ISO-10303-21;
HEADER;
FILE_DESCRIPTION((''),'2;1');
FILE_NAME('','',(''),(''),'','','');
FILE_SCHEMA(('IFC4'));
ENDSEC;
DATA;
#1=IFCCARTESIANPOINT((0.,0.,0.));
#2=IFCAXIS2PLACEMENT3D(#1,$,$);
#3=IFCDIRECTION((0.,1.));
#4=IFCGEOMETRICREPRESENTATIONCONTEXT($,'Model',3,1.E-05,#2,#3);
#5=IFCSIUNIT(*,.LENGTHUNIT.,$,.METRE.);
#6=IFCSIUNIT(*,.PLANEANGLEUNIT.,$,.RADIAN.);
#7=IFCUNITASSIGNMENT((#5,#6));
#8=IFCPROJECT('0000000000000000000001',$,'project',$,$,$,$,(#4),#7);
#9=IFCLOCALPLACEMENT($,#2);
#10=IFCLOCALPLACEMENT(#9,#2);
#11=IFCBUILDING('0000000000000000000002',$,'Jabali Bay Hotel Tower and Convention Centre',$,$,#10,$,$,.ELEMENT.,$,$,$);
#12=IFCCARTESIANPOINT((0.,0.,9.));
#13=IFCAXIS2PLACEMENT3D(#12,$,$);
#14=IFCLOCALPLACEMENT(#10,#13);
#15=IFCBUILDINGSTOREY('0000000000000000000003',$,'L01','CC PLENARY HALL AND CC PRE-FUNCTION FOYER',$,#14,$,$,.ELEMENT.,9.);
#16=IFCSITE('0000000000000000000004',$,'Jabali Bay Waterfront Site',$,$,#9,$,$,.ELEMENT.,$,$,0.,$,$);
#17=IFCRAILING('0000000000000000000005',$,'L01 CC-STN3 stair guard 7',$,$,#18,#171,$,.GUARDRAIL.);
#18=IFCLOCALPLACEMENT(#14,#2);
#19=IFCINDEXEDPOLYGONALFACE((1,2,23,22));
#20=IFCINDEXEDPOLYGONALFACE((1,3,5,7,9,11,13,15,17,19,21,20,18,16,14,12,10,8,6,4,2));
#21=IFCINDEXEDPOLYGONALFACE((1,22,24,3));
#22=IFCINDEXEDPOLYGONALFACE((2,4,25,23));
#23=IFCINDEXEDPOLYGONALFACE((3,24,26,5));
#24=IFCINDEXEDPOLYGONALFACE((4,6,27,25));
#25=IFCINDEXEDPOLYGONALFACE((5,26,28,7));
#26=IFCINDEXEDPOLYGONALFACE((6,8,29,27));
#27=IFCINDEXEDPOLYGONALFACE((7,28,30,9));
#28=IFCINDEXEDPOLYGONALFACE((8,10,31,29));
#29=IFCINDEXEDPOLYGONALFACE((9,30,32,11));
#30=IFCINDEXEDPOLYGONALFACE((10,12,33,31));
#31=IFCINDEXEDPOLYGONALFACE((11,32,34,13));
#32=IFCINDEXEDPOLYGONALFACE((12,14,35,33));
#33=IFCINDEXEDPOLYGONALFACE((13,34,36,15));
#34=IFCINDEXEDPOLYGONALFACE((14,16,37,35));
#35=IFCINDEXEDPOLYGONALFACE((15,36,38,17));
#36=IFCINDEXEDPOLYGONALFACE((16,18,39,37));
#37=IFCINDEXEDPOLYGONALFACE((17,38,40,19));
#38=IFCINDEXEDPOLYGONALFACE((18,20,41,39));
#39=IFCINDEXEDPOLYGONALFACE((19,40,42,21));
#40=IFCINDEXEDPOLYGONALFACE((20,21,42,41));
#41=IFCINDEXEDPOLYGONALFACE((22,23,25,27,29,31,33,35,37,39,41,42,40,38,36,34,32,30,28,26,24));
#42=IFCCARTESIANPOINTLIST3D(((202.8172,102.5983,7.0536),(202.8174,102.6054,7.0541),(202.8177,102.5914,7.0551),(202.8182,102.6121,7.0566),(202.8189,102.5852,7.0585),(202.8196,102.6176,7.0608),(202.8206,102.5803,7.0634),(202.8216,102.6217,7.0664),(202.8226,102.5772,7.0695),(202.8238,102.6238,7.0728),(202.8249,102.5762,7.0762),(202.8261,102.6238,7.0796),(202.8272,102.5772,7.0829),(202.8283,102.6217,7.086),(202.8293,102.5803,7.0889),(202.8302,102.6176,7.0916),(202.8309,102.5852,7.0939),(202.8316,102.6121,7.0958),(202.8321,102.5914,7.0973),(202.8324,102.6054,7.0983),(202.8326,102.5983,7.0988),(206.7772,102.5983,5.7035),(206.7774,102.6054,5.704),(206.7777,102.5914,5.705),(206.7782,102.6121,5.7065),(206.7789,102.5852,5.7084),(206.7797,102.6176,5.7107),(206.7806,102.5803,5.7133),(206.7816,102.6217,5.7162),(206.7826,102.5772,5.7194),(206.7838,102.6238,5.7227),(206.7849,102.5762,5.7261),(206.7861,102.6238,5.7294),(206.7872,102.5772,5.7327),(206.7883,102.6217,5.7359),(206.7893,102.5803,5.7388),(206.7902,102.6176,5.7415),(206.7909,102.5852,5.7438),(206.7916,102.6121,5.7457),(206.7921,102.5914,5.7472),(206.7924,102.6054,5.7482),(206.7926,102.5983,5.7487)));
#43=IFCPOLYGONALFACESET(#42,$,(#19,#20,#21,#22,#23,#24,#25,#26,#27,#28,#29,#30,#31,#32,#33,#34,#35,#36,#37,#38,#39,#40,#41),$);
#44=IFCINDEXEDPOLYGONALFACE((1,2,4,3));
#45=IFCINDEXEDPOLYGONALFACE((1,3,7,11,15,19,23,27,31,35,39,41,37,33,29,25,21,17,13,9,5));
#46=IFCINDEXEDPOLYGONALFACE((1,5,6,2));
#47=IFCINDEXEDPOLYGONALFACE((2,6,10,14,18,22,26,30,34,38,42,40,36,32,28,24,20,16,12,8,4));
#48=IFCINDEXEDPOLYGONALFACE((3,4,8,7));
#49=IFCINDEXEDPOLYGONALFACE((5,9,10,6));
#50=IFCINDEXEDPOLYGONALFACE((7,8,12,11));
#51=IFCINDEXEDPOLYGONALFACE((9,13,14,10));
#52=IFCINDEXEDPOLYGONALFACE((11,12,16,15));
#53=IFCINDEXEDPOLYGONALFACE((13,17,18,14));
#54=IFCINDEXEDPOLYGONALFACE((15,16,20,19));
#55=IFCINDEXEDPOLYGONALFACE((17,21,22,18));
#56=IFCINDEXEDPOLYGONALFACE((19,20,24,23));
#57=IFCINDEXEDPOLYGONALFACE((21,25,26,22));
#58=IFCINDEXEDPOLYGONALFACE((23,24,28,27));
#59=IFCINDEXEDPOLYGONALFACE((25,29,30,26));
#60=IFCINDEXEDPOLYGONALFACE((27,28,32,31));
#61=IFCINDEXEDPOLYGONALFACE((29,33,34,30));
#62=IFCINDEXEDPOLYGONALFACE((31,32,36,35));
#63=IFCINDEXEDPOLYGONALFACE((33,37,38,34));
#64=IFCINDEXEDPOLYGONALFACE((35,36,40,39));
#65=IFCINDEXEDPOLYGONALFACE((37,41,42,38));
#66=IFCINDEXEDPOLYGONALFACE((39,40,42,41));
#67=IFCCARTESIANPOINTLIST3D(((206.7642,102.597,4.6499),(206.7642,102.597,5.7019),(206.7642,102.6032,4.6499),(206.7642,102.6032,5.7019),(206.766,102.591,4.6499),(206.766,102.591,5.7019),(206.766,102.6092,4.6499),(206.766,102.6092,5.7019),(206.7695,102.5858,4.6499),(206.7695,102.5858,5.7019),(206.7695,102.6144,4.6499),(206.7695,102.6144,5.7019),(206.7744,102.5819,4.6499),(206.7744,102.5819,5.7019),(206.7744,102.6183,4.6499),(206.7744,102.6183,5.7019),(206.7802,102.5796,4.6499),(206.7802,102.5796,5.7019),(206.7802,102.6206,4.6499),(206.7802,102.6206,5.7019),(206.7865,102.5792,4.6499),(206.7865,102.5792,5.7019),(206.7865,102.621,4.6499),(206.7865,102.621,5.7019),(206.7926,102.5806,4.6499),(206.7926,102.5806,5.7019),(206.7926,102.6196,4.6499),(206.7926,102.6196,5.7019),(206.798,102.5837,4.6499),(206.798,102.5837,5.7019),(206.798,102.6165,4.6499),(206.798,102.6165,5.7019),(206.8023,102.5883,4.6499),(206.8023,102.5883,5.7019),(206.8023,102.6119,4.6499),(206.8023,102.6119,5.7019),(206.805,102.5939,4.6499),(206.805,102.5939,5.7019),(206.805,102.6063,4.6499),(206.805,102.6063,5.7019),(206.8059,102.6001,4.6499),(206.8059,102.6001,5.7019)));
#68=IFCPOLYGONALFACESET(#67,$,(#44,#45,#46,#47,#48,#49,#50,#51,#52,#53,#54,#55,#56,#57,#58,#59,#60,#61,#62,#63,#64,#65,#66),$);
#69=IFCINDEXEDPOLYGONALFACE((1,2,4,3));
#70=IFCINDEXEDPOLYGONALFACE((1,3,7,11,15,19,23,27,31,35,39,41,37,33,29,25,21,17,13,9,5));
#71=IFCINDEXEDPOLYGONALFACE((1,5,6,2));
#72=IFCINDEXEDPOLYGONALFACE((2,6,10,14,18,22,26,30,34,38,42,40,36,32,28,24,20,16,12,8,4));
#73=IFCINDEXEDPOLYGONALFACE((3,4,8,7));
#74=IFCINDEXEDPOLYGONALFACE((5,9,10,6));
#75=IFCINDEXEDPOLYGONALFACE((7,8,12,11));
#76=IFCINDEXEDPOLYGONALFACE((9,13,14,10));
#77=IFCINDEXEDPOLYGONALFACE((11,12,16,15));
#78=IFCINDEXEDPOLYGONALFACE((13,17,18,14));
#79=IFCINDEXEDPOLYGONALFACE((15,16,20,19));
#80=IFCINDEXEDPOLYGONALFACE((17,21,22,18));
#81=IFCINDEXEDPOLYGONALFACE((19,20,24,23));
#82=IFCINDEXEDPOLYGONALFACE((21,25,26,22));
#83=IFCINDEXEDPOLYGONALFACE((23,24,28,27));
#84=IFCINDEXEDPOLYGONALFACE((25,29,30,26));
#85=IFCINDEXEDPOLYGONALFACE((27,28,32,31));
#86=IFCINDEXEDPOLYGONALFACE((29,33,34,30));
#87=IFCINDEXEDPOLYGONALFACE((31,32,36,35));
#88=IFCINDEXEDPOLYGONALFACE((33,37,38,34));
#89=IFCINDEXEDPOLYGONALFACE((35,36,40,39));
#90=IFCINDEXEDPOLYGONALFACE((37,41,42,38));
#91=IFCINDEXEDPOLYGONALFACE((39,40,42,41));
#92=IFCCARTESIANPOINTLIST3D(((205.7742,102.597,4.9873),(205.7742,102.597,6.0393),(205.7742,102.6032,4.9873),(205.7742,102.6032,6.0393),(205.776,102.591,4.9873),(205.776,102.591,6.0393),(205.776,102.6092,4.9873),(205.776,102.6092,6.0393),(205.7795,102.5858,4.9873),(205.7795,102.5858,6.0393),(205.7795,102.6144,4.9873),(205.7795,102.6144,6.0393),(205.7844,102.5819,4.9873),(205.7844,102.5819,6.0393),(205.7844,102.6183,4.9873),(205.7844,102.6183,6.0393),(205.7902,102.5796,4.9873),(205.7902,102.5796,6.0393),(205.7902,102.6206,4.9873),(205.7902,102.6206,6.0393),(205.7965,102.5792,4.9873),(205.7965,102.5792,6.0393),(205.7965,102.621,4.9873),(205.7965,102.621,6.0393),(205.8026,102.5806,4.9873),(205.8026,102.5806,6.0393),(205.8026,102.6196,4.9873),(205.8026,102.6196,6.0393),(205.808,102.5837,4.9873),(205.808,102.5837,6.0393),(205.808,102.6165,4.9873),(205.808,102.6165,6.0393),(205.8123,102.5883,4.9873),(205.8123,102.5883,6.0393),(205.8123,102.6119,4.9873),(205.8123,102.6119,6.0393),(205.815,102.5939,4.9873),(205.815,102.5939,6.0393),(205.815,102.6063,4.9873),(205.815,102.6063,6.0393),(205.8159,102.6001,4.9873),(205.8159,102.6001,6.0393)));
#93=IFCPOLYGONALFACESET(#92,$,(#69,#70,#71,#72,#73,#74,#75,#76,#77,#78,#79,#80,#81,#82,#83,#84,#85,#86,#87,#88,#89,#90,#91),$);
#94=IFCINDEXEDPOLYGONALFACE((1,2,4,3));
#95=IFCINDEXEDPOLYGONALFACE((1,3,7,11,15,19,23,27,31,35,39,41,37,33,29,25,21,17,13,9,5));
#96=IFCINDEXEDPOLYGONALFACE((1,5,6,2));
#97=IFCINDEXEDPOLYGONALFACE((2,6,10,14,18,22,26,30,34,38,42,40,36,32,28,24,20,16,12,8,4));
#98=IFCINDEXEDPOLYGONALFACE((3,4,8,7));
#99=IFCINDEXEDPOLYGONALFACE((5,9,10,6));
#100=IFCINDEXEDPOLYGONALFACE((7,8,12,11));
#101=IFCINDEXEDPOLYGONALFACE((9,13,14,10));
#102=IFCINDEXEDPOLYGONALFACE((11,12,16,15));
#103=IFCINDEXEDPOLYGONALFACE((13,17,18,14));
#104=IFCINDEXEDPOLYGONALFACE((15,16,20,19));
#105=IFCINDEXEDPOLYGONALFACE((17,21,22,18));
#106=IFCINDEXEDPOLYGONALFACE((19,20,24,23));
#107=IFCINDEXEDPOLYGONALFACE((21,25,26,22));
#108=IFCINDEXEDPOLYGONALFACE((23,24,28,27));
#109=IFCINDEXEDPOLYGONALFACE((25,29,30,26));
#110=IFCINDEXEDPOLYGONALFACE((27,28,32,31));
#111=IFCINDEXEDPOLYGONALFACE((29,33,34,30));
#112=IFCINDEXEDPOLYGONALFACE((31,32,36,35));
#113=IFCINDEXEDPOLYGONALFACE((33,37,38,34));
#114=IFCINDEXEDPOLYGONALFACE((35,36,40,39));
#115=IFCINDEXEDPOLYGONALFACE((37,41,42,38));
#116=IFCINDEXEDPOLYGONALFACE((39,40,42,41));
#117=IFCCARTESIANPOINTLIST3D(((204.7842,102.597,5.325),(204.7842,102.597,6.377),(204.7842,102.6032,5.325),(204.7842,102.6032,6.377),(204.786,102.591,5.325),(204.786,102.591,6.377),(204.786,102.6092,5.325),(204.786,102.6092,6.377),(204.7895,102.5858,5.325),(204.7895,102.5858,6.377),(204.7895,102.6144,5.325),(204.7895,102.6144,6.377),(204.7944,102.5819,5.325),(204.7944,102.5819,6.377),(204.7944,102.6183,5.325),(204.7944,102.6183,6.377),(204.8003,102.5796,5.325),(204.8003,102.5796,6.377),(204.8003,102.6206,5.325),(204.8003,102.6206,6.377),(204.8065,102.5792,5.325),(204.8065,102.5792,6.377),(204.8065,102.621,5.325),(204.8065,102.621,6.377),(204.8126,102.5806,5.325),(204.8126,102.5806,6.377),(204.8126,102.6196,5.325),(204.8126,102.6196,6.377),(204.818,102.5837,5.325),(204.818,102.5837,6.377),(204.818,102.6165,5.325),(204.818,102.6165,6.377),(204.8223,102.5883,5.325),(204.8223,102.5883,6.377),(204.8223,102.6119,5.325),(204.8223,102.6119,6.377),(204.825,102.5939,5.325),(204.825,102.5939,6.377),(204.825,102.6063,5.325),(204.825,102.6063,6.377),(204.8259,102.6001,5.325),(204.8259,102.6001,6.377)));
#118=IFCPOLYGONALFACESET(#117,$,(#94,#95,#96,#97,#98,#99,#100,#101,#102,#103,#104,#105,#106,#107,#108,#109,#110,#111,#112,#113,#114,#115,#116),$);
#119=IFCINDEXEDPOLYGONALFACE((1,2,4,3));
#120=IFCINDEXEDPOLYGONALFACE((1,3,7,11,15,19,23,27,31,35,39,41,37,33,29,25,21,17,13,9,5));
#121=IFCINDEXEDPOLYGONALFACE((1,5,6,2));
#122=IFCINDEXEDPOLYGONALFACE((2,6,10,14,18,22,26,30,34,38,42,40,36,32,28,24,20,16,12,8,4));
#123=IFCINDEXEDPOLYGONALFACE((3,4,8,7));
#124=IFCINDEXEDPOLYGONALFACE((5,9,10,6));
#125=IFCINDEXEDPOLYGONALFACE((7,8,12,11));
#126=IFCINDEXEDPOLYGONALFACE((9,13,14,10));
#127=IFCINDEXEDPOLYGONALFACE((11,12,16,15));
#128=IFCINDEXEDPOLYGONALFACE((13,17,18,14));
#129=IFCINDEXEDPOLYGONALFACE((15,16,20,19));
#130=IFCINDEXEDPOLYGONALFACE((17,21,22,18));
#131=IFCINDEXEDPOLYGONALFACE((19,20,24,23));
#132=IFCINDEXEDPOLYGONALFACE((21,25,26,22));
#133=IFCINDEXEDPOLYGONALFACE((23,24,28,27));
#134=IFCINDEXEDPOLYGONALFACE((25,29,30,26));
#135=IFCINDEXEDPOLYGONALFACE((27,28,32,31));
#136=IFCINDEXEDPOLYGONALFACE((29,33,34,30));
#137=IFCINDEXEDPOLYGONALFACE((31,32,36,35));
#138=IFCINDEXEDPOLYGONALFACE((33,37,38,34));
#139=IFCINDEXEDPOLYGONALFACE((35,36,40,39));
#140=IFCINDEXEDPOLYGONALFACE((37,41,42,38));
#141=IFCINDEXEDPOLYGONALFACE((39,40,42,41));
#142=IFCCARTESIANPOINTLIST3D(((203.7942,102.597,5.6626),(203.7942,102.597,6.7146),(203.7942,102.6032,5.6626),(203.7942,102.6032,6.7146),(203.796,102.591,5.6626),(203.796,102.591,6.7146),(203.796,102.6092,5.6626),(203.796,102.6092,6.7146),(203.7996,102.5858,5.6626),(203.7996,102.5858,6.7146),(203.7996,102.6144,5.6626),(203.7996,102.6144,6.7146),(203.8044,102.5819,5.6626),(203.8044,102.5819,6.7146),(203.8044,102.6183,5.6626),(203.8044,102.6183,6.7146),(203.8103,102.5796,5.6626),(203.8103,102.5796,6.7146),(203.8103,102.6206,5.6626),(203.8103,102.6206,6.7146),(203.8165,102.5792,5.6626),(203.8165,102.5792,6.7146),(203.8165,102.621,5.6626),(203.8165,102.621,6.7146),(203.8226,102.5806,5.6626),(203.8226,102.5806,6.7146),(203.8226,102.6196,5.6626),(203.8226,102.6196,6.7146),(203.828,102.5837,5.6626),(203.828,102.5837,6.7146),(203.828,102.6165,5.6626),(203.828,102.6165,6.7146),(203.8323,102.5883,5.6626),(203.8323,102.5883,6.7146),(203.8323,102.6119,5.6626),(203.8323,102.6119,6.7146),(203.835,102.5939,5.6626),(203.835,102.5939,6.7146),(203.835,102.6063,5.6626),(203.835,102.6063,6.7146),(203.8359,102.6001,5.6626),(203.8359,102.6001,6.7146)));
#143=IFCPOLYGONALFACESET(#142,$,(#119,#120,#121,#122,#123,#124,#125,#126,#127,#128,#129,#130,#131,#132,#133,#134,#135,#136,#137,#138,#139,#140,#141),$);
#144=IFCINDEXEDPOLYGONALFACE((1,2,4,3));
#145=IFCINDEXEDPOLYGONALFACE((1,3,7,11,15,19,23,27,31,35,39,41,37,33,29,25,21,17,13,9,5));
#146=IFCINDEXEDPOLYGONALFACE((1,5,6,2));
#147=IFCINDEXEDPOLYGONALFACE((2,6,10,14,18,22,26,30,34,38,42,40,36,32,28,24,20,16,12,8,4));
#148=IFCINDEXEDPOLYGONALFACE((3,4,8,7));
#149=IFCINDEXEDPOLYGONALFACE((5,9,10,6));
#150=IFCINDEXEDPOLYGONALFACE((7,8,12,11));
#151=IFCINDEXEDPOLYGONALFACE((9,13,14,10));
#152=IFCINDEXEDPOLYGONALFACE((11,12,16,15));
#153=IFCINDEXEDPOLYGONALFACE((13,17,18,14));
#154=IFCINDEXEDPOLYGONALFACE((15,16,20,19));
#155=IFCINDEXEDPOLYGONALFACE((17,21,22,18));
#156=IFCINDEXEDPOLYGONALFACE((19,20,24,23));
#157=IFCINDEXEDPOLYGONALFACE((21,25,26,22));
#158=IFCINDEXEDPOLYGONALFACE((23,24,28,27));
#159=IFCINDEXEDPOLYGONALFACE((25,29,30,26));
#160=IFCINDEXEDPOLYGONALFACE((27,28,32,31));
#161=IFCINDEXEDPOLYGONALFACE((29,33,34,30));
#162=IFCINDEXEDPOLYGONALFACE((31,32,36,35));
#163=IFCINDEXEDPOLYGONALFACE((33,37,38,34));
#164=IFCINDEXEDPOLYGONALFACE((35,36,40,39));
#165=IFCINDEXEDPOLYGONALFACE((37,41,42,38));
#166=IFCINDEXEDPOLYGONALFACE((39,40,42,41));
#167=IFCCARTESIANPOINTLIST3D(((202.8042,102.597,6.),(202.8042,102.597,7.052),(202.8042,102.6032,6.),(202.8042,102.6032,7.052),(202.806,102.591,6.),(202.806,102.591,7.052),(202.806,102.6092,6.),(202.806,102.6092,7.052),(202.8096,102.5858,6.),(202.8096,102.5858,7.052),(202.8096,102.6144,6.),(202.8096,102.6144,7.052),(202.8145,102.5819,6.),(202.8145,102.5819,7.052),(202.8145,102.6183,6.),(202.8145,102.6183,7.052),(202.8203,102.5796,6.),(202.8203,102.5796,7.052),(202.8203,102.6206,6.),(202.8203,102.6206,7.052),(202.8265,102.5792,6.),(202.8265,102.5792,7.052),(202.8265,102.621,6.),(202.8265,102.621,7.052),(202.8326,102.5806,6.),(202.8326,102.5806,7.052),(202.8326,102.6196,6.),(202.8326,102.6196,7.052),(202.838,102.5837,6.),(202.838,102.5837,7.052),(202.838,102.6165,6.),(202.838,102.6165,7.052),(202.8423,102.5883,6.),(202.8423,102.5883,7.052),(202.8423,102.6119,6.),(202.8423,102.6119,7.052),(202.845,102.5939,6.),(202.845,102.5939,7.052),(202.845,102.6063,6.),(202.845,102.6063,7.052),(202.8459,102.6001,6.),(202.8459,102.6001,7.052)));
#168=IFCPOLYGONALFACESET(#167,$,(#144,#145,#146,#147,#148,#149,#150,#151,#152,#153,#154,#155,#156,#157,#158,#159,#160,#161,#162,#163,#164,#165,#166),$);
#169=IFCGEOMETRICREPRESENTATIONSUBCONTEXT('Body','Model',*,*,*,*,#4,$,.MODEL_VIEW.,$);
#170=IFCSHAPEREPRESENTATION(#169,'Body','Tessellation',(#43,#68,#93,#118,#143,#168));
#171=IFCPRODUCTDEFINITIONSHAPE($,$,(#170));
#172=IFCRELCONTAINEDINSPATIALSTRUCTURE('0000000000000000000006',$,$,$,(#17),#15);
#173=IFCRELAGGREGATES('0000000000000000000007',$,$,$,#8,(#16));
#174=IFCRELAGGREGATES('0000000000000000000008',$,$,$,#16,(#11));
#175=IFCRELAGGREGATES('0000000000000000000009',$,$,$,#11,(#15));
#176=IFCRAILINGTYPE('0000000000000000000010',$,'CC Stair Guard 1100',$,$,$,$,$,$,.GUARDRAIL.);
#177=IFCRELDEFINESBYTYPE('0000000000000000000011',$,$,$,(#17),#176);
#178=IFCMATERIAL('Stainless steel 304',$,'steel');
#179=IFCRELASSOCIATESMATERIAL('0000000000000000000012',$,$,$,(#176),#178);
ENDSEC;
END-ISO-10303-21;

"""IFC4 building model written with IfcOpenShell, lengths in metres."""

from ifc_helpers import new_model, si_unit, direction, frame, origin, origin_2d, place, context, subcontext, project, spatial, circle, extrude, material, type_object, element, save


model = new_model("IFC4")

# Units and contexts
model_context = context("Model", 3, precision=1e-05, world=origin(), true_north=direction((0.0, 1.0)))
body_context = subcontext(model_context, "Body", "Model", "MODEL_VIEW")
ifc_project = project(units=[si_unit("LENGTHUNIT", "METRE"), si_unit("PLANEANGLEUNIT", "RADIAN")], contexts=[model_context])

# Site, building, storey
site_placement = place(None, origin())
site = spatial("IfcSite", under=ifc_project, at=site_placement, Name="Jabali Bay Waterfront Site", CompositionType="ELEMENT", RefElevation=0.0)
building_placement = place(site_placement, origin())
building = spatial("IfcBuilding", under=site, at=building_placement, Name="Jabali Bay Hotel Tower and Convention Centre", CompositionType="ELEMENT")
storey_placement = place(building_placement, frame((0.0, 0.0, 9.0)))
storey = spatial("IfcBuildingStorey", under=building, at=storey_placement, Name="L01", Description="CC PLENARY HALL AND CC PRE-FUNCTION FOYER", CompositionType="ELEMENT", Elevation=9.0)

# Railing
ifc_material_1 = material(Name="Stainless steel 304", Category="steel")
railing_type_1 = type_object("IfcRailingType", Name="CC Stair Guard 1100", PredefinedType="GUARDRAIL", material=ifc_material_1)
railing_1_placement = place(storey_placement, frame((206.7849, 102.6001, 4.6499)))
element("IfcRailing", 1, at=railing_1_placement, inside=storey, type_object=railing_type_1, Name="L01 CC-STN3 stair guard 7", PredefinedType="GUARDRAIL", context=body_context, shape_type="SweptSolid", body=[
    extrude(circle(Radius=0.0239, at=origin_2d()), frame((0.0, 0.0, 1.0762), z_axis=(-0.946502, 0.0, 0.322698), x_axis=(0.0, -1.0, 0.0)), (0.0, 0.0, 1.0), 4.1838),
    extrude(circle(Radius=0.021, at=origin_2d()), origin(), (0.0, 0.0, 1.0), 1.052),
    extrude(circle(Radius=0.021, at=origin_2d()), frame((-0.99, 0.0, 0.3374)), (0.0, 0.0, 1.0), 1.052),
    extrude(circle(Radius=0.021, at=origin_2d()), frame((-1.98, 0.0, 0.675)), (0.0, 0.0, 1.0), 1.052),
    extrude(circle(Radius=0.021, at=origin_2d()), frame((-2.97, 0.0, 1.0127)), (0.0, 0.0, 1.0), 1.052),
    extrude(circle(Radius=0.021, at=origin_2d()), frame((-3.96, 0.0, 1.3501)), (0.0, 0.0, 1.0), 1.052),
])

save(model, "model.ifc")
